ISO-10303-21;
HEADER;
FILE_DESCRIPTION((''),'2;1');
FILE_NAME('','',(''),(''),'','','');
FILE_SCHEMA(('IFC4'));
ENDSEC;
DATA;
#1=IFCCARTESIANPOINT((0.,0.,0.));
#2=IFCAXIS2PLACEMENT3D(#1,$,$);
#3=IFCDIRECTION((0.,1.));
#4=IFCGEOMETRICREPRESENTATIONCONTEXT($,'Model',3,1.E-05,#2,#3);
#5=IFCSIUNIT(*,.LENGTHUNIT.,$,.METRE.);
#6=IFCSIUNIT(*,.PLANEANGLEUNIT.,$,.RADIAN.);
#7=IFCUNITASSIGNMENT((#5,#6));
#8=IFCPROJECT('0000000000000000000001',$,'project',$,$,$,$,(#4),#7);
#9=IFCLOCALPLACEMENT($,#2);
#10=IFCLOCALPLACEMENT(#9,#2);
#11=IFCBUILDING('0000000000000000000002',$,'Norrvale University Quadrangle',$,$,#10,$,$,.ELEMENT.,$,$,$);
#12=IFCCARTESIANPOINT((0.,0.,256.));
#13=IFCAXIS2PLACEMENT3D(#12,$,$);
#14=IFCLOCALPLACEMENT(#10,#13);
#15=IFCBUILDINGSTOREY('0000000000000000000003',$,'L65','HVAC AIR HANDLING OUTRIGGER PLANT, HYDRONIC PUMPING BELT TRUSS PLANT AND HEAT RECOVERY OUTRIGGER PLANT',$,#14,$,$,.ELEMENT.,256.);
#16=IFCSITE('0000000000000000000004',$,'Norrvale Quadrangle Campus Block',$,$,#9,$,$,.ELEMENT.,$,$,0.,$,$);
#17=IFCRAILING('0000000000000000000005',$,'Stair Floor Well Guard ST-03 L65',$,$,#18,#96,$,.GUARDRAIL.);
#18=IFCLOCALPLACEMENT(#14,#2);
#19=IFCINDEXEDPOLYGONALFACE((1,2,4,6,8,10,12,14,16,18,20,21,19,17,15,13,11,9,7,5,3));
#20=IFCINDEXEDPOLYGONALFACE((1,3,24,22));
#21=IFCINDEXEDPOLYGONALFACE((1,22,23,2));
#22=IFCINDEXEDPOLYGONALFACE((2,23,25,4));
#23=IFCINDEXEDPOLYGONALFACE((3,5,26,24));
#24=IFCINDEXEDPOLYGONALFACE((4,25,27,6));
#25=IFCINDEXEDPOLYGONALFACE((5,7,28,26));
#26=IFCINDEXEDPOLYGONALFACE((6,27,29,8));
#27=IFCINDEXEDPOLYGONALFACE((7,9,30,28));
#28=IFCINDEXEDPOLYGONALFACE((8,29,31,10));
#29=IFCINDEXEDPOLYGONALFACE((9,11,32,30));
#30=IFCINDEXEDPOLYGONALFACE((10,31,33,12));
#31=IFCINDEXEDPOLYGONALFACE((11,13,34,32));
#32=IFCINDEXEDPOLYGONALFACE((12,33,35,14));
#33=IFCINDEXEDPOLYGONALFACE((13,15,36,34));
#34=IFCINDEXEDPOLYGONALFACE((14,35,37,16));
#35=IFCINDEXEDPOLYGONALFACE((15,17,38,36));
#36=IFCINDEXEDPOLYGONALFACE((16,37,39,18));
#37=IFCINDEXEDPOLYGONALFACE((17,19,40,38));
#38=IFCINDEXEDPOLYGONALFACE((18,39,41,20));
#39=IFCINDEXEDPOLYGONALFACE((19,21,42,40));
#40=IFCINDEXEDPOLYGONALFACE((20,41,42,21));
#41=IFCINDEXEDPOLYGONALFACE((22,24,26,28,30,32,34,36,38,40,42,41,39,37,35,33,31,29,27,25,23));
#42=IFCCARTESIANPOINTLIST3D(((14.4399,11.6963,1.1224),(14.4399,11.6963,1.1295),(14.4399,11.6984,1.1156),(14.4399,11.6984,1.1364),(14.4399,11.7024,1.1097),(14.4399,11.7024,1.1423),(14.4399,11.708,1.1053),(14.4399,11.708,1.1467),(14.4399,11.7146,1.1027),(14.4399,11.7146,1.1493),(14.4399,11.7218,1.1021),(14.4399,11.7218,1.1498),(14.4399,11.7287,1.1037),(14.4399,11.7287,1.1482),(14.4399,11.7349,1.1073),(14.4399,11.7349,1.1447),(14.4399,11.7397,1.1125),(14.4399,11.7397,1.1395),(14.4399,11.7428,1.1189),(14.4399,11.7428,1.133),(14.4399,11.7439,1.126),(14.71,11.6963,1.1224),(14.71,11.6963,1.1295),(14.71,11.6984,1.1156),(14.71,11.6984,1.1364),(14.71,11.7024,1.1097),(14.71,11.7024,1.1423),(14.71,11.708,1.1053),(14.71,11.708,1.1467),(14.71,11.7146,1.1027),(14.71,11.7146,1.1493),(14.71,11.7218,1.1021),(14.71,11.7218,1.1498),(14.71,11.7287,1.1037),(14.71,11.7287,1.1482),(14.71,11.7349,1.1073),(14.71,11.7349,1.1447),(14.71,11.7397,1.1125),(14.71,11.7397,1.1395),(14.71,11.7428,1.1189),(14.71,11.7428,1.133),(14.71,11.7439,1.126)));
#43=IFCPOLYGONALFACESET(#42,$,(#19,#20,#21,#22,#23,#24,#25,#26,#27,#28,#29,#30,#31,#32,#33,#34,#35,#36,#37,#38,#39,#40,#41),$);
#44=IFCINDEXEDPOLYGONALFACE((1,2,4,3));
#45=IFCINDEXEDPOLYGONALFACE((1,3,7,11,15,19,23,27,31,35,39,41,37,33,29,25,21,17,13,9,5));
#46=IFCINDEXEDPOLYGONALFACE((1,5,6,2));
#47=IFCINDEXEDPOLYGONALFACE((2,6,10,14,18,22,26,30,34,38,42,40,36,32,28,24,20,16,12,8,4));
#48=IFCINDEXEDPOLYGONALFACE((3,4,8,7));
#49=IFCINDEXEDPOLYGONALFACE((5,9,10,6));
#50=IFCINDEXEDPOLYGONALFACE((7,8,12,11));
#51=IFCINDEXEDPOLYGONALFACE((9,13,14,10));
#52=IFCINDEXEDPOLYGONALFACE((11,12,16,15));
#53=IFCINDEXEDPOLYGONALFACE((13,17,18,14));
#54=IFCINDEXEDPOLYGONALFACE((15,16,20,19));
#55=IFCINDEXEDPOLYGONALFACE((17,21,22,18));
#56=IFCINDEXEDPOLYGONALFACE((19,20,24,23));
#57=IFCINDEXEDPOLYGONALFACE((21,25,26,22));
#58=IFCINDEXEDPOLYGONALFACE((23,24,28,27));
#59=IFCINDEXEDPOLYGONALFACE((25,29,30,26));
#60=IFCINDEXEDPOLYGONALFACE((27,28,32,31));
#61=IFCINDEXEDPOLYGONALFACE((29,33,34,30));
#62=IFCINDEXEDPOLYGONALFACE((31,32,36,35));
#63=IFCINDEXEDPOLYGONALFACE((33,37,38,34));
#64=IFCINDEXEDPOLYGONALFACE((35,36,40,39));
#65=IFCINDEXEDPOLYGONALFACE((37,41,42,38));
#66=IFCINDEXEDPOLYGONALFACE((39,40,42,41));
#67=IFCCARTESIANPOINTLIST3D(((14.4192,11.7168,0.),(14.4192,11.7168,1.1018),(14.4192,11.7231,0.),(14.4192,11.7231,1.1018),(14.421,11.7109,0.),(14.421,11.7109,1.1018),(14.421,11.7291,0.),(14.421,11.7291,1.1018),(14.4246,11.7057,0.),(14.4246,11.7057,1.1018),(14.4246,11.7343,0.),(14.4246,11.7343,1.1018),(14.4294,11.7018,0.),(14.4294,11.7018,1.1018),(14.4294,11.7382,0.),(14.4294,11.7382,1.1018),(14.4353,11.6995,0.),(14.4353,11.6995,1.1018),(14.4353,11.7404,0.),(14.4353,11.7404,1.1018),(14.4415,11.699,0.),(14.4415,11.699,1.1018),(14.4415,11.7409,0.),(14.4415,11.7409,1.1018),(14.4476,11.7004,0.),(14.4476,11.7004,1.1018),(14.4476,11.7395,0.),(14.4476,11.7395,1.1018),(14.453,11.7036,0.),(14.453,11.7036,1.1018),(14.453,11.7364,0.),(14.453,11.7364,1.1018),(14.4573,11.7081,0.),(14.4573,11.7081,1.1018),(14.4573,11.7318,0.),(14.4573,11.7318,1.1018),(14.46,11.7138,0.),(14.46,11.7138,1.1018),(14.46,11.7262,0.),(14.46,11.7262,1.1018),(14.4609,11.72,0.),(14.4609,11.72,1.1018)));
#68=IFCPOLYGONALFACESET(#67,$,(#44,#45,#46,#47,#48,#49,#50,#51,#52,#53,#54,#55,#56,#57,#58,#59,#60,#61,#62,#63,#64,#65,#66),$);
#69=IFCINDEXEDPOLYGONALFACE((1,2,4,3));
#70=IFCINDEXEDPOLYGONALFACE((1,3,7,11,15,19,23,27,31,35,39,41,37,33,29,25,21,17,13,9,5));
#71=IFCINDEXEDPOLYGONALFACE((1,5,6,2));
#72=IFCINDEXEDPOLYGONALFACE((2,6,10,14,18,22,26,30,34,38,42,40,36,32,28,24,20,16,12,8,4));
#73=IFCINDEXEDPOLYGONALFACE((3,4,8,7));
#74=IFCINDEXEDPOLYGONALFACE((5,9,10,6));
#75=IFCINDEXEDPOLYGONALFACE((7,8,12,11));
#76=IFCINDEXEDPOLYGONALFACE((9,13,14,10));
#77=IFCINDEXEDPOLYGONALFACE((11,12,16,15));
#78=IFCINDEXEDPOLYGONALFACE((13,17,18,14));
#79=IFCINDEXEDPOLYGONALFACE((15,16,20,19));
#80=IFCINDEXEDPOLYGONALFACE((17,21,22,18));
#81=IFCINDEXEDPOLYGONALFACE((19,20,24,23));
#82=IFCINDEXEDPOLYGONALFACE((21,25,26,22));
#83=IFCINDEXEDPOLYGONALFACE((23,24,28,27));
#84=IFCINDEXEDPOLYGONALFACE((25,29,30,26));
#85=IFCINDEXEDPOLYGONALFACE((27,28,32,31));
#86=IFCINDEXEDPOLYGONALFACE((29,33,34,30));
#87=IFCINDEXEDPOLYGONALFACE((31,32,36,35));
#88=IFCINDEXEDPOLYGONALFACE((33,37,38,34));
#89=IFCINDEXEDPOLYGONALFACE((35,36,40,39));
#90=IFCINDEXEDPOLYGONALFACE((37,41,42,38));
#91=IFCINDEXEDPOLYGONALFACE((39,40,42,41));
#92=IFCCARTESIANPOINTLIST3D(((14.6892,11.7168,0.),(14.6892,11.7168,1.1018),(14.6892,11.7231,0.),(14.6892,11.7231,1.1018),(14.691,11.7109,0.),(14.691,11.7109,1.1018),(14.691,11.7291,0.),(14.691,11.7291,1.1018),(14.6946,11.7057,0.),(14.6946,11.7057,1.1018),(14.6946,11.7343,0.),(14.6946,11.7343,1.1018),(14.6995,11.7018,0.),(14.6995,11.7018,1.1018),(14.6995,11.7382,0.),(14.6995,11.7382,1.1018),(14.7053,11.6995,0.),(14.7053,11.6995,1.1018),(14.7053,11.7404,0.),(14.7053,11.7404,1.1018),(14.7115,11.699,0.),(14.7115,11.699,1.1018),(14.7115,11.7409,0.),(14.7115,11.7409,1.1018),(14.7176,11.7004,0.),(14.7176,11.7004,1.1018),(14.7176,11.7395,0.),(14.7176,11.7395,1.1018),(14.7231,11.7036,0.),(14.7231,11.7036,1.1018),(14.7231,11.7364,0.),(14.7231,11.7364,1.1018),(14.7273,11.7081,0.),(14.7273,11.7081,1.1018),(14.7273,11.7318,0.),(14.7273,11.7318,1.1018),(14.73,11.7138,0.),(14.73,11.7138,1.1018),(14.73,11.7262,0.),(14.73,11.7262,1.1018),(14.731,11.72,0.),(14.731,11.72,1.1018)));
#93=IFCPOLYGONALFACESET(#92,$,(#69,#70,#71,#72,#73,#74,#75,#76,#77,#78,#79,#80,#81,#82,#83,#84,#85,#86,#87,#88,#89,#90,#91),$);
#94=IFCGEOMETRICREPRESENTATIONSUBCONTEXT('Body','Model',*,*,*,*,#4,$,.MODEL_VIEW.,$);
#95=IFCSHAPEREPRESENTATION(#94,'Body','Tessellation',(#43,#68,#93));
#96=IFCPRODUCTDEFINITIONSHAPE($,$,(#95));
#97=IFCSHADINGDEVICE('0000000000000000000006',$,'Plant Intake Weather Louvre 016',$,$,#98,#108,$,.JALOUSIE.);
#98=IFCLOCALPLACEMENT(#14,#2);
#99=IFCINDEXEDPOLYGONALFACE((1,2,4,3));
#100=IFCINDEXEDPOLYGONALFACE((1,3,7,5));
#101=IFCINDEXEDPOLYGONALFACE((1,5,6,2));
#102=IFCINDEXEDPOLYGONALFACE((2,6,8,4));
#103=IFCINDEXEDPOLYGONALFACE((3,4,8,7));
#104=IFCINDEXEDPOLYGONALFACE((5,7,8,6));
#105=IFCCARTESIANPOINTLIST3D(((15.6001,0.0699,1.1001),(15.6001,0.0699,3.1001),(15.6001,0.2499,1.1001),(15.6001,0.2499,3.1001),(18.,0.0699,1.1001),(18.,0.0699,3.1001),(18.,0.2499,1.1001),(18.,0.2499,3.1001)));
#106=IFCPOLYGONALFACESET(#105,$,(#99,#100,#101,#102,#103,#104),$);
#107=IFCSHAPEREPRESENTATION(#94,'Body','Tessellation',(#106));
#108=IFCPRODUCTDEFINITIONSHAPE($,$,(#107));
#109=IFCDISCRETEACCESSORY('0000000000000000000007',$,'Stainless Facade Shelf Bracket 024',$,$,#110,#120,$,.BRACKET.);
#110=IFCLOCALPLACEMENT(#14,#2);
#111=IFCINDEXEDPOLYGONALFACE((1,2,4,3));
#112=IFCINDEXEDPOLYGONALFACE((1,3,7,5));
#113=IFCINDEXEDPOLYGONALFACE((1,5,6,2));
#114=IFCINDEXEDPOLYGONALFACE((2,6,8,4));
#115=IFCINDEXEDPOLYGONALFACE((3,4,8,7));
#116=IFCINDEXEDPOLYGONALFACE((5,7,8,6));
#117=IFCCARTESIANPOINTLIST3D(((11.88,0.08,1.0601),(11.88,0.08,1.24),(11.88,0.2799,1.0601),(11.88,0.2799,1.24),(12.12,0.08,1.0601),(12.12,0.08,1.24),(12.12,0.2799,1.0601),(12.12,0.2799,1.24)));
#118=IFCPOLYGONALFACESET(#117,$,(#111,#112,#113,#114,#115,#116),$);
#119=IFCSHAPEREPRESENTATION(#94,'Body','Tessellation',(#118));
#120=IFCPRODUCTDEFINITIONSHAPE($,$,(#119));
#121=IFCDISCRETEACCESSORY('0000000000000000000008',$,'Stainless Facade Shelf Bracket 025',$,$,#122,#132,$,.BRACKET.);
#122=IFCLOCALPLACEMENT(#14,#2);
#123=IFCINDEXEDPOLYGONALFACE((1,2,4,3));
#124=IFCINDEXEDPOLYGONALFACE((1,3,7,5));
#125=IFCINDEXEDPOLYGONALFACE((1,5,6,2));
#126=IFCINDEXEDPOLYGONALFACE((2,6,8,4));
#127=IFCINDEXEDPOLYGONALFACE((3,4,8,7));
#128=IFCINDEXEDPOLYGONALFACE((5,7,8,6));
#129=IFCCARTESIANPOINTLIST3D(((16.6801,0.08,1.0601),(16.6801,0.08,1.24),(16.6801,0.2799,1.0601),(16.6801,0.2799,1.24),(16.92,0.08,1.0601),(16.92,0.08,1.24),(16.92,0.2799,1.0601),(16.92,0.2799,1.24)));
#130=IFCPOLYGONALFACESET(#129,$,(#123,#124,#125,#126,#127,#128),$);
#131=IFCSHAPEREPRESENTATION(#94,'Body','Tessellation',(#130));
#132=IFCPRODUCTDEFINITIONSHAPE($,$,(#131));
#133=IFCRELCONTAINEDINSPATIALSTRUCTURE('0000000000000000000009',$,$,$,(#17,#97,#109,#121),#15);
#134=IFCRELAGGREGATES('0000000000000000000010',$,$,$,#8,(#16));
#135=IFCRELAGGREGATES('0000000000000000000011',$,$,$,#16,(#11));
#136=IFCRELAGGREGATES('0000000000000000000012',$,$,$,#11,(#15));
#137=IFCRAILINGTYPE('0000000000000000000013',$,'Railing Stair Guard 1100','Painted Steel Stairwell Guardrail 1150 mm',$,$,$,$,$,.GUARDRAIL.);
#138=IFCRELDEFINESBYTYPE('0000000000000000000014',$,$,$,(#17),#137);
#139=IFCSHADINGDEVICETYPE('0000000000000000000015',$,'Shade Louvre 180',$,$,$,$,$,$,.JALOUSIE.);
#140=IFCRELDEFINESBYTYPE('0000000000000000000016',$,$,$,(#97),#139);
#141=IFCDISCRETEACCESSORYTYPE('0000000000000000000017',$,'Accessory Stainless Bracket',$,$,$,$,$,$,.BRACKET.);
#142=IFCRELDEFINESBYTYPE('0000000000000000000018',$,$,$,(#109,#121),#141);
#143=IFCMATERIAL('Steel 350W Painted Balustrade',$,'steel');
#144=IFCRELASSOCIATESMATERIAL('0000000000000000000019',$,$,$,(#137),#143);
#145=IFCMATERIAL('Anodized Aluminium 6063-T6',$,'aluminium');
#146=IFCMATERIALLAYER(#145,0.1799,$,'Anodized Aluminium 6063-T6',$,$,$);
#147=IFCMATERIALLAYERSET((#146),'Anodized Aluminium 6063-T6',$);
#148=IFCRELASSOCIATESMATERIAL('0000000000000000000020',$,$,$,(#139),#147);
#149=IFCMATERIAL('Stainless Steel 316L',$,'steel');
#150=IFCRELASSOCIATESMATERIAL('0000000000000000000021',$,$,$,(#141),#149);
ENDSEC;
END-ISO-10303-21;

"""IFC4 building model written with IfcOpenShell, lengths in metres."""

from ifc_helpers import new_model, si_unit, direction, frame, origin, origin_2d, place, context, subcontext, project, spatial, rectangle, circle, extrude, material, layer, layer_set, type_object, element, save


model = new_model("IFC4")

# Units and contexts
model_context = context("Model", 3, precision=1e-05, world=origin(), true_north=direction((0.0, 1.0)))
body_context = subcontext(model_context, "Body", "Model", "MODEL_VIEW")
ifc_project = project(units=[si_unit("LENGTHUNIT", "METRE"), si_unit("PLANEANGLEUNIT", "RADIAN")], contexts=[model_context])

# Site, building, storey
site_placement = place(None, origin())
site = spatial("IfcSite", under=ifc_project, at=site_placement, Name="Norrvale Quadrangle Campus Block", CompositionType="ELEMENT", RefElevation=0.0)
building_placement = place(site_placement, origin())
building = spatial("IfcBuilding", under=site, at=building_placement, Name="Norrvale University Quadrangle", CompositionType="ELEMENT")
storey_placement = place(building_placement, frame((0.0, 0.0, 256.0)))
storey = spatial("IfcBuildingStorey", under=building, at=storey_placement, Name="L65", Description="HVAC AIR HANDLING OUTRIGGER PLANT, HYDRONIC PUMPING BELT TRUSS PLANT AND HEAT RECOVERY OUTRIGGER PLANT", CompositionType="ELEMENT", Elevation=256.0)

# Railing
ifc_material_1 = material(Name="Steel 350W Painted Balustrade", Category="steel")
railing_type = type_object("IfcRailingType", Name="Railing Stair Guard 1100", Description="Painted Steel Stairwell Guardrail 1150 mm", PredefinedType="GUARDRAIL", material=ifc_material_1)
railing_placement = place(storey_placement, frame((14.4399, 11.72, 0.0)))
element("IfcRailing", 1, at=railing_placement, inside=storey, type_object=railing_type, Name="Stair Floor Well Guard ST-03 L65", PredefinedType="GUARDRAIL", context=body_context, shape_type="SweptSolid", body=[
    extrude(circle(Radius=0.0239, at=origin_2d()), frame((0.0, 0.0, 1.126), z_axis=(1.0, 0.0, 0.0), x_axis=(0.0, 1.0, 0.0)), (0.0, 0.0, 1.0), 0.27),
    extrude(circle(Radius=0.021, at=origin_2d()), origin(), (0.0, 0.0, 1.0), 1.1018),
    extrude(circle(Radius=0.021, at=origin_2d()), frame((0.27, 0.0, 0.0)), (0.0, 0.0, 1.0), 1.1018),
])

# Shading device
ifc_material_2 = material(Name="Anodized Aluminium 6063-T6", Category="aluminium")
ifc_layer_1 = layer(ifc_material_2, 0.1799, Name="Anodized Aluminium 6063-T6")
ifc_layer_set_1 = layer_set([ifc_layer_1], Name="Anodized Aluminium 6063-T6")
shading_device_type = type_object("IfcShadingDeviceType", Name="Shade Louvre 180", PredefinedType="JALOUSIE", material=ifc_layer_set_1)
shading_device_placement = place(storey_placement, frame((16.8, 0.1599, 1.1001), z_axis=(0.0, 0.0, 1.0), x_axis=(1.0, 0.0, 0.0)))
element("IfcShadingDevice", 2, at=shading_device_placement, inside=storey, type_object=shading_device_type, Name="Plant Intake Weather Louvre 016", PredefinedType="JALOUSIE", context=body_context, shape_type="SweptSolid", body=[
    extrude(rectangle(XDim=2.3999, YDim=0.1799, at=origin_2d()), origin(), (0.0, 0.0, 1.0), 2.0),
])

# Discrete accessories
ifc_material_3 = material(Name="Stainless Steel 316L", Category="steel")
discrete_accessory_type = type_object("IfcDiscreteAccessoryType", Name="Accessory Stainless Bracket", PredefinedType="BRACKET", material=ifc_material_3)
for number, where, z_axis, x_axis, name in (
    (3, (12.0, 0.1799, 1.0601), (0.0, 0.0, 1.0), (1.0, 0.0, 0.0), "Stainless Facade Shelf Bracket 024"),
    (4, (16.8, 0.1799, 1.0601), (0.0, 0.0, 1.0), (1.0, 0.0, 0.0), "Stainless Facade Shelf Bracket 025"),
):
    element("IfcDiscreteAccessory", number, at=place(storey_placement, frame(where, z_axis=z_axis, x_axis=x_axis)), inside=storey, type_object=discrete_accessory_type, Name=name, PredefinedType="BRACKET", context=body_context, shape_type="SweptSolid", body=[
        extrude(rectangle(XDim=0.24, YDim=0.2, at=origin_2d()), origin(), (0.0, 0.0, 1.0), 0.1799),
    ])

save(model, "model.ifc")
